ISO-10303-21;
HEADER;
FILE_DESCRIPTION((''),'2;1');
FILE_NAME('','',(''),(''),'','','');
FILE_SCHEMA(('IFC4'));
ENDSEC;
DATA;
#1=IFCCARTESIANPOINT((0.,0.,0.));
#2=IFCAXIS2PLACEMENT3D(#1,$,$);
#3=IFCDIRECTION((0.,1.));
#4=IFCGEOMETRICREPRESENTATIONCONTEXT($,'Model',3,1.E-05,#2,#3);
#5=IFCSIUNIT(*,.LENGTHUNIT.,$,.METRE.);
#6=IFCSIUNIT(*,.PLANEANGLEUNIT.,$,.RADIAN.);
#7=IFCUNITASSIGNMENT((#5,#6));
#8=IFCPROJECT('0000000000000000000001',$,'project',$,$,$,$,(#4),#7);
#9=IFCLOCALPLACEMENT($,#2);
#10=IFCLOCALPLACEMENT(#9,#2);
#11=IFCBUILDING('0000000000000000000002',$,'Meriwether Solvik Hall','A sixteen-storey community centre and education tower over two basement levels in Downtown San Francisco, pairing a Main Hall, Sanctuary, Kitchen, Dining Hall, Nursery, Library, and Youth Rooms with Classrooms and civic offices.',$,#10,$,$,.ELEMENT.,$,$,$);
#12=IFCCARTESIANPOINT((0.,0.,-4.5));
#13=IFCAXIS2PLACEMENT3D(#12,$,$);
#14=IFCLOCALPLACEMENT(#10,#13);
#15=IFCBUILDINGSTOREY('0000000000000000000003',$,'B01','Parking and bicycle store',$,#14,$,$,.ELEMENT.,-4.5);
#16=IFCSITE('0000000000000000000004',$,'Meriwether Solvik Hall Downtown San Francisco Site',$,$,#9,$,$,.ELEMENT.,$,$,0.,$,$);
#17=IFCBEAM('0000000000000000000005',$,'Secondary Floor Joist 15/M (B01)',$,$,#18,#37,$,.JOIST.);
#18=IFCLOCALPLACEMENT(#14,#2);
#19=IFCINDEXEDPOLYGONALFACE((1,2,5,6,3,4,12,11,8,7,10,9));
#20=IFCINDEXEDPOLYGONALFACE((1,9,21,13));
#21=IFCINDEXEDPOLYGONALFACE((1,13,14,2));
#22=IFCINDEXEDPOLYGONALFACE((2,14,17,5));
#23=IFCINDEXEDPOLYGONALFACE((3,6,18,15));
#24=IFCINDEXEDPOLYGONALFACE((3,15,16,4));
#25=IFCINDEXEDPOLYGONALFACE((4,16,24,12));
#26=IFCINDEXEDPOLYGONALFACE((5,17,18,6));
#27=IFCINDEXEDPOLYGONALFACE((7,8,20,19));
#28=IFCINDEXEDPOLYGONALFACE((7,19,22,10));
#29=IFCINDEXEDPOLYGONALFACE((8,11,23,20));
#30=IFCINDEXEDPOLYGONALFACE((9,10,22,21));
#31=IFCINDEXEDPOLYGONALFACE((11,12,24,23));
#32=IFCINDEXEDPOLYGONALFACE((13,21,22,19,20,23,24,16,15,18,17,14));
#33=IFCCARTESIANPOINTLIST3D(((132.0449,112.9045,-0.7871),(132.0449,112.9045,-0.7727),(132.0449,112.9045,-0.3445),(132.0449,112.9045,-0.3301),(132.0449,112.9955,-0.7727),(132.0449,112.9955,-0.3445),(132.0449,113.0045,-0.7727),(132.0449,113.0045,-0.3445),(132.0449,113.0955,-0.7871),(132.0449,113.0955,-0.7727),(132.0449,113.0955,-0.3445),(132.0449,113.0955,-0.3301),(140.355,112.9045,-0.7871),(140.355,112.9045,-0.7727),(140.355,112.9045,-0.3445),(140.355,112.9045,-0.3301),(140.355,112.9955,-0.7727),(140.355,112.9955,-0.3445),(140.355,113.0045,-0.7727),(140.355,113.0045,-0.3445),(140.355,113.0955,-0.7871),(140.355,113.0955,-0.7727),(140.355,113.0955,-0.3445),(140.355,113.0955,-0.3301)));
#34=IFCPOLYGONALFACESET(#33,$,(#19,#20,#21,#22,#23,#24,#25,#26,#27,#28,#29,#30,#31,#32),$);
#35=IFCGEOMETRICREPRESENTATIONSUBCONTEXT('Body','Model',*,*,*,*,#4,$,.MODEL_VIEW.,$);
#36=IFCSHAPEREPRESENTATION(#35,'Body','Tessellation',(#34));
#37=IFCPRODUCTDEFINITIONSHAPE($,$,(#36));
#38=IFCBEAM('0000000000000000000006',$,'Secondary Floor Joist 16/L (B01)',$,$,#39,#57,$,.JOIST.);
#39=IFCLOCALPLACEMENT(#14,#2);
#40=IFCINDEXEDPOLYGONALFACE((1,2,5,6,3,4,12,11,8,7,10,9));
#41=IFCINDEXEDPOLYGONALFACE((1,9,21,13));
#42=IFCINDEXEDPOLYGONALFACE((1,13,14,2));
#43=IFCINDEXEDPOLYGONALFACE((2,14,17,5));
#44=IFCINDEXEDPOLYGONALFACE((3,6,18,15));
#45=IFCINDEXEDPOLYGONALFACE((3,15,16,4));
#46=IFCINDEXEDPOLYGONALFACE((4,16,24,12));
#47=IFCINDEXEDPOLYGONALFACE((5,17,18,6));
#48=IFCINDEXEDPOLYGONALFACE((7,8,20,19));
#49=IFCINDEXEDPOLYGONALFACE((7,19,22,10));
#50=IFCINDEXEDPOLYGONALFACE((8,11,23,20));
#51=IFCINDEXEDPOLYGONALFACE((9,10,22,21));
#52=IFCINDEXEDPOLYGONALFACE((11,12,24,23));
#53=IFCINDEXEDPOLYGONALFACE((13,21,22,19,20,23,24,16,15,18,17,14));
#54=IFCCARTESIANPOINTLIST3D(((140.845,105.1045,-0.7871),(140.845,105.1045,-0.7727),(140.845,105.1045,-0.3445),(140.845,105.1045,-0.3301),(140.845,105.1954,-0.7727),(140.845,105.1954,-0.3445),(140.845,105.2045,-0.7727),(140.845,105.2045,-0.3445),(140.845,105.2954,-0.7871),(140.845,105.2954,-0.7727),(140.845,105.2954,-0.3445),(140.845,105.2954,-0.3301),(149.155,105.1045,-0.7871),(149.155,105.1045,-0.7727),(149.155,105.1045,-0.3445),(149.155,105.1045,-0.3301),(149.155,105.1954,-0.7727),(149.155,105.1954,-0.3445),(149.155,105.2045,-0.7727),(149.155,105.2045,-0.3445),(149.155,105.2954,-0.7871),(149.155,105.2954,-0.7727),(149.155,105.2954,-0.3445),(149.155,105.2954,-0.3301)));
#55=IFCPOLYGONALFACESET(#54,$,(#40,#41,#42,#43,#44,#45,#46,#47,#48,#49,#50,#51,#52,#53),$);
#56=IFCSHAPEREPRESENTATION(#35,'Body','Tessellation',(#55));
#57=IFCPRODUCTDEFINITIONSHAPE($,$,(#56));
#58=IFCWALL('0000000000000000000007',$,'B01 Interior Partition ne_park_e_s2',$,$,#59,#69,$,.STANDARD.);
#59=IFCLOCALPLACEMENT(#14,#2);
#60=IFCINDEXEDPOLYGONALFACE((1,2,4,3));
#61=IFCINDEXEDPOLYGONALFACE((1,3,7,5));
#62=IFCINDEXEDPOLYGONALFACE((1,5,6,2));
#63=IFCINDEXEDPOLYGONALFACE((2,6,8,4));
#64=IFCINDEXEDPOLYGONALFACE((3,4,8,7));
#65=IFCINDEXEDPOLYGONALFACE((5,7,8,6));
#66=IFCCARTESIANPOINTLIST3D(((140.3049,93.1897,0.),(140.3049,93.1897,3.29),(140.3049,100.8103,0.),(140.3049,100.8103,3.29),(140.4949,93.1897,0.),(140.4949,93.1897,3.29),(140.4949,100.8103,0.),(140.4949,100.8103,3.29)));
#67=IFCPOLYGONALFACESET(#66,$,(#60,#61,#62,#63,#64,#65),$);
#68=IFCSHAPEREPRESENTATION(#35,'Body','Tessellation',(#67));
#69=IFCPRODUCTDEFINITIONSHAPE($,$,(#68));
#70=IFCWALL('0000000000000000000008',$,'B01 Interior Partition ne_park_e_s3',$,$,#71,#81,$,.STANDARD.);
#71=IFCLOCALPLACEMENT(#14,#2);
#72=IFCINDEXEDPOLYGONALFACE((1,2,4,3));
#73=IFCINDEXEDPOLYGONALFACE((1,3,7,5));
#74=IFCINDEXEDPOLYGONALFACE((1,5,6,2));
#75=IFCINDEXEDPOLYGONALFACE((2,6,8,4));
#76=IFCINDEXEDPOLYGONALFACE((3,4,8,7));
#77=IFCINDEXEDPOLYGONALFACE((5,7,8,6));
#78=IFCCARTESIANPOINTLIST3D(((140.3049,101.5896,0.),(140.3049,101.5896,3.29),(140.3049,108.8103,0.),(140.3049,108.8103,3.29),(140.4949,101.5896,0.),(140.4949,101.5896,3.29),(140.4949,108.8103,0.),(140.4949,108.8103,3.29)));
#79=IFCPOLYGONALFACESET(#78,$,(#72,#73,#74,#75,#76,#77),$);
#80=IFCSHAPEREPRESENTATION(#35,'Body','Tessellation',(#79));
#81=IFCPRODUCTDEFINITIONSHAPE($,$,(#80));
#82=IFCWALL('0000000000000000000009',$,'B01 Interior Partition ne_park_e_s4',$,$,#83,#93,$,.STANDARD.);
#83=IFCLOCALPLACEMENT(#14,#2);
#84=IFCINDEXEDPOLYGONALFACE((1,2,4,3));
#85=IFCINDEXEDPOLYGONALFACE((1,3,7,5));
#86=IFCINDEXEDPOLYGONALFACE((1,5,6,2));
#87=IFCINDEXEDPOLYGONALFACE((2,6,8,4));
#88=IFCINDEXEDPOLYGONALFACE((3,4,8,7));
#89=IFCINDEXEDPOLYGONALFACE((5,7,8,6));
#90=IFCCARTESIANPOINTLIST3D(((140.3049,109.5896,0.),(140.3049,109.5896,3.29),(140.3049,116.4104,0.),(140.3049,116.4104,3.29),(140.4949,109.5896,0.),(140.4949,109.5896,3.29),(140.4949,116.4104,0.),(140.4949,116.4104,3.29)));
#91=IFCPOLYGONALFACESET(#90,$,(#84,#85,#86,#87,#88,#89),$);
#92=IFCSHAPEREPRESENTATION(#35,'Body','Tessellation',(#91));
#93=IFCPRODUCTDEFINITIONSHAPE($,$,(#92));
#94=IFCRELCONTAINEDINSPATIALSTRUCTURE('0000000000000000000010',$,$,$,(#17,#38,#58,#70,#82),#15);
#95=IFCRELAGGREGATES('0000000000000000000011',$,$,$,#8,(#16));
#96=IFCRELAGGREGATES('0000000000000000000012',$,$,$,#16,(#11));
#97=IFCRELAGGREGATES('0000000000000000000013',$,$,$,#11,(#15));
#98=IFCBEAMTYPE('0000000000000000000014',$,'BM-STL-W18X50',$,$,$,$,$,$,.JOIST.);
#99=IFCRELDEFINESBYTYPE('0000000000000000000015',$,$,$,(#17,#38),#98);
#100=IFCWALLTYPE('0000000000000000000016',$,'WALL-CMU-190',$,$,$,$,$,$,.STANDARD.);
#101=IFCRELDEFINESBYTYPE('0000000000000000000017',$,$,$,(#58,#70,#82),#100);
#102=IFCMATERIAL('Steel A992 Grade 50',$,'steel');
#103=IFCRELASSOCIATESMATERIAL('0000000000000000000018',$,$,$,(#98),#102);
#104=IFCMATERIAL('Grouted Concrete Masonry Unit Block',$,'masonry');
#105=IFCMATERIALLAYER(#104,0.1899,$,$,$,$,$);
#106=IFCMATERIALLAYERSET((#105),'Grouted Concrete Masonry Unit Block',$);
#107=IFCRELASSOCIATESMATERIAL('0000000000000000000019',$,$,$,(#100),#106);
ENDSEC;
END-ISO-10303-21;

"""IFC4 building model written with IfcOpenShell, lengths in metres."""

from ifc_helpers import new_model, si_unit, direction, frame, frame_2d, origin, origin_2d, place, context, subcontext, project, spatial, rectangle, i_section, extrude, material, layer, layer_set, material_profile, profile_set, type_object, element, save


model = new_model("IFC4")

# Units and contexts
model_context = context("Model", 3, precision=1e-05, world=origin(), true_north=direction((0.0, 1.0)))
body_context = subcontext(model_context, "Body", "Model", "MODEL_VIEW")
ifc_project = project(units=[si_unit("LENGTHUNIT", "METRE"), si_unit("PLANEANGLEUNIT", "RADIAN")], contexts=[model_context])

# Site, building, storey
site_placement = place(None, origin())
site = spatial("IfcSite", under=ifc_project, at=site_placement, Name="Meriwether Solvik Hall Downtown San Francisco Site", CompositionType="ELEMENT", RefElevation=0.0)
building_placement = place(site_placement, origin())
building = spatial("IfcBuilding", under=site, at=building_placement, Name="Meriwether Solvik Hall", Description="A sixteen-storey community centre and education tower over two basement levels in Downtown San Francisco, pairing a Main Hall, Sanctuary, Kitchen, Dining Hall, Nursery, Library, and Youth Rooms with Classrooms and civic offices.", CompositionType="ELEMENT")
storey_placement = place(building_placement, frame((0.0, 0.0, -4.5)))
storey = spatial("IfcBuildingStorey", under=building, at=storey_placement, Name="B01", Description="Parking and bicycle store", CompositionType="ELEMENT", Elevation=-4.5)

# Beams
ifc_material_1 = material(Name="Steel A992 Grade 50", Category="steel")
ifc_material_profile_1 = material_profile(ifc_material_1, i_section(OverallWidth=0.1909, OverallDepth=0.457, WebThickness=0.009, FlangeThickness=0.0144, at=origin_2d()), Name="W18X50")
ifc_profile_set_1 = profile_set([ifc_material_profile_1], Name="Steel A992 Grade 50")
beam_type_1 = type_object("IfcBeamType", Name="BM-STL-W18X50", PredefinedType="JOIST", material=ifc_profile_set_1)
for number, where, z_axis, x_axis, name in (
    (1, (132.0449, 113.0, -0.5586), (1.0, 0.0, 0.0), (0.0, 1.0, 0.0), "Secondary Floor Joist 15/M (B01)"),
    (2, (140.845, 105.2, -0.5586), (1.0, 0.0, 0.0), (0.0, 1.0, 0.0), "Secondary Floor Joist 16/L (B01)"),
):
    element("IfcBeam", number, at=place(storey_placement, frame(where, z_axis=z_axis, x_axis=x_axis)), inside=storey, type_object=beam_type_1, Name=name, PredefinedType="JOIST", context=body_context, shape_type="SweptSolid", body=[
        extrude(i_section(OverallWidth=0.1909, OverallDepth=0.457, WebThickness=0.009, FlangeThickness=0.0144, at=origin_2d()), origin(), (0.0, 0.0, 1.0), 8.3101),
    ])

# Walls
ifc_material_2 = material(Name="Grouted Concrete Masonry Unit Block", Category="masonry")
ifc_layer = layer(ifc_material_2, 0.1899)
ifc_layer_set = layer_set([ifc_layer], Name="Grouted Concrete Masonry Unit Block")
wall_type = type_object("IfcWallType", Name="WALL-CMU-190", PredefinedType="STANDARD", material=ifc_layer_set)
wall_1_placement = place(storey_placement, frame((140.3999, 93.1897, 0.0), z_axis=(0.0, 0.0, 1.0), x_axis=(0.0, 1.0, 0.0)))
element("IfcWall", 3, at=wall_1_placement, inside=storey, type_object=wall_type, Name="B01 Interior Partition ne_park_e_s2", PredefinedType="STANDARD", context=body_context, shape_type="SweptSolid", body=[
    extrude(rectangle(XDim=7.6206, YDim=0.1899, at=frame_2d((3.8103, 0.0))), origin(), (0.0, 0.0, 1.0), 3.29),
])
wall_2_placement = place(storey_placement, frame((140.3999, 101.5896, 0.0), z_axis=(0.0, 0.0, 1.0), x_axis=(0.0, 1.0, 0.0)))
element("IfcWall", 4, at=wall_2_placement, inside=storey, type_object=wall_type, Name="B01 Interior Partition ne_park_e_s3", PredefinedType="STANDARD", context=body_context, shape_type="SweptSolid", body=[
    extrude(rectangle(XDim=7.2207, YDim=0.1899, at=frame_2d((3.6104, 0.0))), origin(), (0.0, 0.0, 1.0), 3.29),
])
wall_3_placement = place(storey_placement, frame((140.3999, 109.5896, 0.0), z_axis=(0.0, 0.0, 1.0), x_axis=(0.0, 1.0, 0.0)))
element("IfcWall", 5, at=wall_3_placement, inside=storey, type_object=wall_type, Name="B01 Interior Partition ne_park_e_s4", PredefinedType="STANDARD", context=body_context, shape_type="SweptSolid", body=[
    extrude(rectangle(XDim=6.8208, YDim=0.1899, at=frame_2d((3.4104, 0.0))), origin(), (0.0, 0.0, 1.0), 3.29),
])

save(model, "model.ifc")
